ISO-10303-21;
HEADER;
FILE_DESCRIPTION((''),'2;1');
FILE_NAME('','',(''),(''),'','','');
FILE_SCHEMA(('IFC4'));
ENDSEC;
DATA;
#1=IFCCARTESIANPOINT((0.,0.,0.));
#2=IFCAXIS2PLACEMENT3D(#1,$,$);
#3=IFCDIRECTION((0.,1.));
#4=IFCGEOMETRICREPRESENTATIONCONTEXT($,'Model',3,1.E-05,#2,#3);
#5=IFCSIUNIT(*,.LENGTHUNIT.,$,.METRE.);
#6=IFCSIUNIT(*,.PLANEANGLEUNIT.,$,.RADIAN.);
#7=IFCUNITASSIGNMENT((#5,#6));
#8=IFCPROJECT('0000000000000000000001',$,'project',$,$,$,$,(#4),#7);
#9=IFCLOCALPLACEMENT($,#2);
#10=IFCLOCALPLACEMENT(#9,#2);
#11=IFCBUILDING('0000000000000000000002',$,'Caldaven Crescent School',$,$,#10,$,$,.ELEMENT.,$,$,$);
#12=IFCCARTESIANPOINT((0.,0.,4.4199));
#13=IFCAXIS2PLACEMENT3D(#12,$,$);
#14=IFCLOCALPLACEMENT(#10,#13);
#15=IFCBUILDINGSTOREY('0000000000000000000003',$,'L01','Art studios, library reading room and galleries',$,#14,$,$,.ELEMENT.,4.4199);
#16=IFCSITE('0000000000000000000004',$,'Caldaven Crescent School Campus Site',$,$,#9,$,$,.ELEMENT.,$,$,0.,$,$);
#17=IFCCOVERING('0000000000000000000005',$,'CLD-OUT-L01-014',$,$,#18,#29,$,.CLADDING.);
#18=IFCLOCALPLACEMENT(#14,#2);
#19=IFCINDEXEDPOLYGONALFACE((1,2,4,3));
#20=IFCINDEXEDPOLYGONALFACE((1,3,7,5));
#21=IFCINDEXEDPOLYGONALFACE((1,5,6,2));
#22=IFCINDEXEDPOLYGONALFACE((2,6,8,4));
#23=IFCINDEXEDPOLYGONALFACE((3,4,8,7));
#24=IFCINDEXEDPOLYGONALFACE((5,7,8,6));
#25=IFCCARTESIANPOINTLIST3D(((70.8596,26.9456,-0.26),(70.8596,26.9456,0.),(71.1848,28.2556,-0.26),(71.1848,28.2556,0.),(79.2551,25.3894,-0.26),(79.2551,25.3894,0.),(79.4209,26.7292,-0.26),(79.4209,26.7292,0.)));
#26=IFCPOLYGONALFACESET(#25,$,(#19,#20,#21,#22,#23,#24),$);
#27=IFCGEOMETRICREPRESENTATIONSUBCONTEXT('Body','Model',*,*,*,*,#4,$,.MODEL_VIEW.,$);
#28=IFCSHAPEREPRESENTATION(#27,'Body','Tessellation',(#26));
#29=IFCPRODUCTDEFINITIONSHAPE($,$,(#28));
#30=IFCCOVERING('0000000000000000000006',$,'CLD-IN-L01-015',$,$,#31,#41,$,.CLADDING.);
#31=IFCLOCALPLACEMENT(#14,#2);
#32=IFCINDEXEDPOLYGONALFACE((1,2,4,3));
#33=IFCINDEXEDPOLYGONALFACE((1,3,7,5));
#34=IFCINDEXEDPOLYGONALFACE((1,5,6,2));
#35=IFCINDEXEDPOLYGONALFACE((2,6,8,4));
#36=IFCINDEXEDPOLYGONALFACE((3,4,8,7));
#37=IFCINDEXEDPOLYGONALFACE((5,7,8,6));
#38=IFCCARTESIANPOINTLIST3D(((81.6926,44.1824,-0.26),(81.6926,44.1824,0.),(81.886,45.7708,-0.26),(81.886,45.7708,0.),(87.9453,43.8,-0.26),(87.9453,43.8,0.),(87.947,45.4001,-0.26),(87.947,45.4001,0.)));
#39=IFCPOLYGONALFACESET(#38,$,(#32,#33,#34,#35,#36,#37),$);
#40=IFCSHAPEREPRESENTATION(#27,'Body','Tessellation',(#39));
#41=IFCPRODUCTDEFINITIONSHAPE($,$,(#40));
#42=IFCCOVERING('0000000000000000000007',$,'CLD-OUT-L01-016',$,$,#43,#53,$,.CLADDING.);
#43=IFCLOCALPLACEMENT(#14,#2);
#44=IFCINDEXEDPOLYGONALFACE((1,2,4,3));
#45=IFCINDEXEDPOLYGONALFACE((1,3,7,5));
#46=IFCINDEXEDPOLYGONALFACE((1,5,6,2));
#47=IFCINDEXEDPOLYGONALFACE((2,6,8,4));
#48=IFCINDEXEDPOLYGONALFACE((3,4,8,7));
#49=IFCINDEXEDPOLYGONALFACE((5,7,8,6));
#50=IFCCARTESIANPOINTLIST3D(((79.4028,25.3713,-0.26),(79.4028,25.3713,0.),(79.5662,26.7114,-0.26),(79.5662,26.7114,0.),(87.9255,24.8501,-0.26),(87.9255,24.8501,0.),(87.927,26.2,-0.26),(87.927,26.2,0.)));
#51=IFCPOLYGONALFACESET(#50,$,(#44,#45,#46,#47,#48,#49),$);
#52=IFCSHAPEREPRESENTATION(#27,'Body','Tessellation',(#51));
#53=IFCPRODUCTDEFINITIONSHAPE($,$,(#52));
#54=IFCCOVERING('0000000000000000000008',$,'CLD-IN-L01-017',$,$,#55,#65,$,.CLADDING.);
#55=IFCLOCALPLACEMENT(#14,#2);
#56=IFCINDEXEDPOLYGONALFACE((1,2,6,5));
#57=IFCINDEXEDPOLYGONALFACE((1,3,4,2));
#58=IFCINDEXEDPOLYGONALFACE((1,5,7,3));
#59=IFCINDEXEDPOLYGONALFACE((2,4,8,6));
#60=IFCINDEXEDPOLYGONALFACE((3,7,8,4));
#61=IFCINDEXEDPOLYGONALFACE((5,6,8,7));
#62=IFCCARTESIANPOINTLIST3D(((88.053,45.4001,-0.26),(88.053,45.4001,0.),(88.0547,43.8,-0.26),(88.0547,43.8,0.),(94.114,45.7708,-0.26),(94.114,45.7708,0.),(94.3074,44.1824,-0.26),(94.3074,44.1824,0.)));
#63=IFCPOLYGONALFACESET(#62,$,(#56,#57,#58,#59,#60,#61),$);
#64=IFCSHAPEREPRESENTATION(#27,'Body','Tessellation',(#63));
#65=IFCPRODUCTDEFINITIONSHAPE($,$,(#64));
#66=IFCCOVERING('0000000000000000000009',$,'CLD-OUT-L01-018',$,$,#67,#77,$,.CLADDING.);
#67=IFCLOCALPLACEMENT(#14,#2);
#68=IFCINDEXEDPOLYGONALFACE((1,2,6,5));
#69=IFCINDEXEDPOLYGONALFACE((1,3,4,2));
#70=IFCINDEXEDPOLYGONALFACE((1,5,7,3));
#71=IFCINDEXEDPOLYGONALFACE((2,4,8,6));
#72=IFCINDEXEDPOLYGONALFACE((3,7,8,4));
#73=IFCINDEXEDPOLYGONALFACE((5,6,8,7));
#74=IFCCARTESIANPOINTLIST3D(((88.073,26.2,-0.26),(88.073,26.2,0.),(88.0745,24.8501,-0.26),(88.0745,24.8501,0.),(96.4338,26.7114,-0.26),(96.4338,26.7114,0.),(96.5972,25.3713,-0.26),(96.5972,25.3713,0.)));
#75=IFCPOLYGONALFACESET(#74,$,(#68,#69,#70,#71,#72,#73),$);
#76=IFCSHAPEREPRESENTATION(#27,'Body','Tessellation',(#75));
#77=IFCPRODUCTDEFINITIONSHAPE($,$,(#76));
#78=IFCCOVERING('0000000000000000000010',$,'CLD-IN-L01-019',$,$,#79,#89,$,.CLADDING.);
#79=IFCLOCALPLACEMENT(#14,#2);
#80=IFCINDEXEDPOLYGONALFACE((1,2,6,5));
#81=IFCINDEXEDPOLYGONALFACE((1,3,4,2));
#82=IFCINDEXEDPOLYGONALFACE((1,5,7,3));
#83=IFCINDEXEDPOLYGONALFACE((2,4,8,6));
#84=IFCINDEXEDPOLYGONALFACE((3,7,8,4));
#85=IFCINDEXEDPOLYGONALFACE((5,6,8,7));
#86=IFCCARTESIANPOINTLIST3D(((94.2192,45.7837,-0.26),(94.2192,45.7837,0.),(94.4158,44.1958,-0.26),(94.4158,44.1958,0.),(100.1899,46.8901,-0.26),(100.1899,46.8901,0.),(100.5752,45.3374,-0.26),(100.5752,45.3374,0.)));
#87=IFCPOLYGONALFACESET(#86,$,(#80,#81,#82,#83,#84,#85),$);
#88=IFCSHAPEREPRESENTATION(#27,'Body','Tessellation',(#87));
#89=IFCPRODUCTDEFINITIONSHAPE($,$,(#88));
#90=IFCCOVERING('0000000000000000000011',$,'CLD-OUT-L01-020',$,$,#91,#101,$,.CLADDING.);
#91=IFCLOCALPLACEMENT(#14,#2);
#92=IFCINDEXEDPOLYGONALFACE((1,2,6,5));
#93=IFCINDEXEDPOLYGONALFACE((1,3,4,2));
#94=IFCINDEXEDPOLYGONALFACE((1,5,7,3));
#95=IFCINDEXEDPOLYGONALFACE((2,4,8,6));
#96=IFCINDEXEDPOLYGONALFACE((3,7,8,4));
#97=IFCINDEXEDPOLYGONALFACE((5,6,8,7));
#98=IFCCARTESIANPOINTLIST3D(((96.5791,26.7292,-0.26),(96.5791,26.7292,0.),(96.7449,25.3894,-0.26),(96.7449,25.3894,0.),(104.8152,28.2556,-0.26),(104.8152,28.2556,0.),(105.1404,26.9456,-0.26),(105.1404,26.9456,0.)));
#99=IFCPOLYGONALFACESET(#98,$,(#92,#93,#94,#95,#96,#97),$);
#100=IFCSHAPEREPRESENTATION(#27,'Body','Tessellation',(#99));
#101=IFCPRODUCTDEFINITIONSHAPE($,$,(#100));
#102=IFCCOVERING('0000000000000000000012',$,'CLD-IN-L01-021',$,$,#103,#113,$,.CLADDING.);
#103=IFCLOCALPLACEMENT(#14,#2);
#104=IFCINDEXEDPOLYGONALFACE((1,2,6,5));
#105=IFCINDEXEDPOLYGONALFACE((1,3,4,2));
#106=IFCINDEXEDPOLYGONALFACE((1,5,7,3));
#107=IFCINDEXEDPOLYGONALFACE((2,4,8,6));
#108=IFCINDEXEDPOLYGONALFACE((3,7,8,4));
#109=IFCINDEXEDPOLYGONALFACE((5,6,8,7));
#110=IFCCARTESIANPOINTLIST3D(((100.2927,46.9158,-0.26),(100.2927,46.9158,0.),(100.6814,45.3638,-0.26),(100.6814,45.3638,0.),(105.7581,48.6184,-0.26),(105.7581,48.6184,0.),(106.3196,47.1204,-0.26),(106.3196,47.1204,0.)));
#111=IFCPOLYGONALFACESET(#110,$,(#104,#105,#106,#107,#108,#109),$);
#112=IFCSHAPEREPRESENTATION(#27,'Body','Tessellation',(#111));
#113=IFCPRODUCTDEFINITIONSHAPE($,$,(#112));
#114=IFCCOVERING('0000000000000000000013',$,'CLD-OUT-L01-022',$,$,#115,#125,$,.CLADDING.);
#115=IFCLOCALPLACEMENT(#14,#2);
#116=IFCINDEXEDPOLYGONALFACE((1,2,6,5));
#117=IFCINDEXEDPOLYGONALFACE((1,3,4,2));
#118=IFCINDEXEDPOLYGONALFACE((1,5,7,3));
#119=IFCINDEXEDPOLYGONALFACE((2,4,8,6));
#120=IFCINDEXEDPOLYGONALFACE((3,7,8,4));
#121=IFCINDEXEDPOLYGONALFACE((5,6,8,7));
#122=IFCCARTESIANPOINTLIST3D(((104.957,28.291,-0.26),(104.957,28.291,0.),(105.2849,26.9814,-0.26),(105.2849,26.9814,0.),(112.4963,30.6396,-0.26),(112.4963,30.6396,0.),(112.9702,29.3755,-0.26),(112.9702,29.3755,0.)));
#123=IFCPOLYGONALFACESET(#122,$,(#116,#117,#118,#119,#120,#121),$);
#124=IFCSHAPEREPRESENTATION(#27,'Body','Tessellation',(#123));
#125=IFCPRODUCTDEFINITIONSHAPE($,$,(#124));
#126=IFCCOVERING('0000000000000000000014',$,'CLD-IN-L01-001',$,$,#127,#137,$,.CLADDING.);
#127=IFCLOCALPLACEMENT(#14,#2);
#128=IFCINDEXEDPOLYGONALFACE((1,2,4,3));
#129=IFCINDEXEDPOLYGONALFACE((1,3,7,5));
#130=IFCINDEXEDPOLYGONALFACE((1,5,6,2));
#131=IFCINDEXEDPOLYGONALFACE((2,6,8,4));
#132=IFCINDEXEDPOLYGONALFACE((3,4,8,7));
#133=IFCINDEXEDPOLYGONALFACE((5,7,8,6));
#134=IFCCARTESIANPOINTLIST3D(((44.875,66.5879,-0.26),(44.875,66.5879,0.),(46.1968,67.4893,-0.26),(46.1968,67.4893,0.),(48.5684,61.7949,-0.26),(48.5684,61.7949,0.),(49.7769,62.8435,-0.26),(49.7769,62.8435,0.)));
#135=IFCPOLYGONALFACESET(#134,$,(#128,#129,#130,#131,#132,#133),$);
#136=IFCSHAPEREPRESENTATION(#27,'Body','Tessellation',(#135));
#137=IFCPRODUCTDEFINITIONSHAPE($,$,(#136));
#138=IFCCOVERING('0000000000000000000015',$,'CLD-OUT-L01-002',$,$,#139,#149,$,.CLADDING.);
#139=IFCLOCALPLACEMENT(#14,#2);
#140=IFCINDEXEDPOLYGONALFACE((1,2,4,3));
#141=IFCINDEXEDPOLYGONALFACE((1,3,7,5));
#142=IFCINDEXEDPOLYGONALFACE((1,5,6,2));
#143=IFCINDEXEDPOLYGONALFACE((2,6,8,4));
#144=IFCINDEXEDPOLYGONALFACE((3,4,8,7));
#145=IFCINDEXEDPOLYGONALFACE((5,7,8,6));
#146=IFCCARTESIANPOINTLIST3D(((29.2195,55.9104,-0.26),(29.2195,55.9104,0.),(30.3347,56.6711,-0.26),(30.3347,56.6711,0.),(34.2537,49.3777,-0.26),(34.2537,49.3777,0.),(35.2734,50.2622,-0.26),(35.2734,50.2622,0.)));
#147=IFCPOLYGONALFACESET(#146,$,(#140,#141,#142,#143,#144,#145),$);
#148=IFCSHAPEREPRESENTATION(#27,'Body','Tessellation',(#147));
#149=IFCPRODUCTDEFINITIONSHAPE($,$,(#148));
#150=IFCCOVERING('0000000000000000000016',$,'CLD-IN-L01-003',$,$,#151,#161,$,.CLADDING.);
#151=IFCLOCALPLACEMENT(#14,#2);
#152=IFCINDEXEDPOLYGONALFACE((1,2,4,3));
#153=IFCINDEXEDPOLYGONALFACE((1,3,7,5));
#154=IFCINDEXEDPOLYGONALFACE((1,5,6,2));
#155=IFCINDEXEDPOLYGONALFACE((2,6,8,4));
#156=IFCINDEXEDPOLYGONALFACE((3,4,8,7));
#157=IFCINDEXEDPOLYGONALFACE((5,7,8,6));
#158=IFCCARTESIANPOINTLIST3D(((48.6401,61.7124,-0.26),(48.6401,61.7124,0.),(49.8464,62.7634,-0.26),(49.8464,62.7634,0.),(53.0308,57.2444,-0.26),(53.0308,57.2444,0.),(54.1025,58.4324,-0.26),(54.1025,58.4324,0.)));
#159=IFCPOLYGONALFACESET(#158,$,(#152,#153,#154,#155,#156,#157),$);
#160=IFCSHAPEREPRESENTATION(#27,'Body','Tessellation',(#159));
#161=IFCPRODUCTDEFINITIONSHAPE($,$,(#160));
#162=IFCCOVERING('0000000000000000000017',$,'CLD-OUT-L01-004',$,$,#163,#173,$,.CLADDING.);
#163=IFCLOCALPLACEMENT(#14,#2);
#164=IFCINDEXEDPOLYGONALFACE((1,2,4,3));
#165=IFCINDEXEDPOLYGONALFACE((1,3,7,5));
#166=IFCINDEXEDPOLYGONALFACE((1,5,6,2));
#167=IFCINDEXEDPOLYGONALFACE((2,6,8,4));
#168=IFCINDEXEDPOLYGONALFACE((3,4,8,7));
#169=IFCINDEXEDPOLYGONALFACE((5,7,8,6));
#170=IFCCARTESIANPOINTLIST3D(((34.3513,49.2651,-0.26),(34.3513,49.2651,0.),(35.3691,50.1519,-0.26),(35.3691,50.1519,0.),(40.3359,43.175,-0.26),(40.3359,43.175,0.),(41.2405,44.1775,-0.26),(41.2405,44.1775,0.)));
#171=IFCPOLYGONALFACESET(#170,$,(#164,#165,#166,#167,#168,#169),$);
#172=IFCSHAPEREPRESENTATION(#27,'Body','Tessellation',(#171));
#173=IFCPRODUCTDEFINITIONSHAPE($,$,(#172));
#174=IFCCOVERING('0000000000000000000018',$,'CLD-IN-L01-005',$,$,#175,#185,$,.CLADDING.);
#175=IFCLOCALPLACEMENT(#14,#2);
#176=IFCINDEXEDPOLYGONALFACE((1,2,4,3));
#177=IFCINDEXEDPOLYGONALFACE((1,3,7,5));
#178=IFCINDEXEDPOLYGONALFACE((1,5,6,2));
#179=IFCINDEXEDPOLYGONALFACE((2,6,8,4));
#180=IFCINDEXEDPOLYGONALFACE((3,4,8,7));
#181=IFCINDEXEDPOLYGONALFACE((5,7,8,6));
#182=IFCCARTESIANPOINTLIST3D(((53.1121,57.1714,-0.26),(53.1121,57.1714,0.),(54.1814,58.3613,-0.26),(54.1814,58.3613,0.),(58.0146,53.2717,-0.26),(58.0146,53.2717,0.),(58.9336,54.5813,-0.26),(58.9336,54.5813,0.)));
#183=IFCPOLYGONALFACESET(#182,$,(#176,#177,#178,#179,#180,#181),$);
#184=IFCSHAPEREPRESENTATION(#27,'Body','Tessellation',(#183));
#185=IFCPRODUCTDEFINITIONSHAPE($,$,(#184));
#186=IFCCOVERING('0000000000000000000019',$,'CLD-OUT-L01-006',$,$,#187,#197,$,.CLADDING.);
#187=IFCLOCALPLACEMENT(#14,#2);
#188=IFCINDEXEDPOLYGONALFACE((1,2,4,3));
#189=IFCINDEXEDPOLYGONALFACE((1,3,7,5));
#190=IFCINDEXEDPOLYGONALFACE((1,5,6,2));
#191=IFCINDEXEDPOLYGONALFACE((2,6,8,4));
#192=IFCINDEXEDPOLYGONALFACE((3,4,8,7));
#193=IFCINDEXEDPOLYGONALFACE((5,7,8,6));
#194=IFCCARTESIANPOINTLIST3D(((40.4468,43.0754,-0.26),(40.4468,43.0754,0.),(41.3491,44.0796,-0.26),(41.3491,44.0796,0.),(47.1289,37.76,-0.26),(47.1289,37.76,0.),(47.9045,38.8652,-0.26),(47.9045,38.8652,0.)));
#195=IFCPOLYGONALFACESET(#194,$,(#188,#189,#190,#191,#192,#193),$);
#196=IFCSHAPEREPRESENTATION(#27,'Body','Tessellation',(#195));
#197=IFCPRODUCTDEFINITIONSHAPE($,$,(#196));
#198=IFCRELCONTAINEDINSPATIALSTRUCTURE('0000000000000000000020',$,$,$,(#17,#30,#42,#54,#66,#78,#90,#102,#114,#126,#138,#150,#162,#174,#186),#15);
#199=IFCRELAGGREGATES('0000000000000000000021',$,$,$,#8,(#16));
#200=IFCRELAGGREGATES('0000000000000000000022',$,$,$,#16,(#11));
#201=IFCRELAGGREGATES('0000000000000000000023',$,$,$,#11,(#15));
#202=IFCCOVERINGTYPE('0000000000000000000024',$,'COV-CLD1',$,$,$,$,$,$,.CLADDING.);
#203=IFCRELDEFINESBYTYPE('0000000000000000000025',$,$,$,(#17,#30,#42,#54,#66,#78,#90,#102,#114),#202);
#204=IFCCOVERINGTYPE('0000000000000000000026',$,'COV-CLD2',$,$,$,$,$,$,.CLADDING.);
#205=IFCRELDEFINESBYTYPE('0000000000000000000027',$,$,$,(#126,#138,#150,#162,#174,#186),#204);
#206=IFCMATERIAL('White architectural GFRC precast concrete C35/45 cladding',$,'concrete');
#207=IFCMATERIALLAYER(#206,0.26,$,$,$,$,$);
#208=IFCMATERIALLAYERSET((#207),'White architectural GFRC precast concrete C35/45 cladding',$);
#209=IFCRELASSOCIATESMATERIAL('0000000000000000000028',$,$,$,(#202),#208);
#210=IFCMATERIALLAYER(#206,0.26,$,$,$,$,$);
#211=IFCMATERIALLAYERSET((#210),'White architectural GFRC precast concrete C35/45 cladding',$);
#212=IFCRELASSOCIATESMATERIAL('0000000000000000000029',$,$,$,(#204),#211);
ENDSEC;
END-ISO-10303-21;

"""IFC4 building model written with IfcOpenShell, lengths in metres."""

from ifc_helpers import new_model, si_unit, direction, frame, origin, place, context, subcontext, project, spatial, polyline, outline, extrude, material, layer, layer_set, type_object, element, save


model = new_model("IFC4")

# Units and contexts
model_context = context("Model", 3, precision=1e-05, world=origin(), true_north=direction((0.0, 1.0)))
body_context = subcontext(model_context, "Body", "Model", "MODEL_VIEW")
ifc_project = project(units=[si_unit("LENGTHUNIT", "METRE"), si_unit("PLANEANGLEUNIT", "RADIAN")], contexts=[model_context])

# Site, building, storey
site_placement = place(None, origin())
site = spatial("IfcSite", under=ifc_project, at=site_placement, Name="Caldaven Crescent School Campus Site", CompositionType="ELEMENT", RefElevation=0.0)
building_placement = place(site_placement, origin())
building = spatial("IfcBuilding", under=site, at=building_placement, Name="Caldaven Crescent School", CompositionType="ELEMENT")
storey_placement = place(building_placement, frame((0.0, 0.0, 4.4199)))
storey = spatial("IfcBuildingStorey", under=building, at=storey_placement, Name="L01", Description="Art studios, library reading room and galleries", CompositionType="ELEMENT", Elevation=4.4199)

# Coverings
ifc_material_1 = material(Name="White architectural GFRC precast concrete C35/45 cladding", Category="concrete")
ifc_layer_1 = layer(ifc_material_1, 0.26)
ifc_layer_set_1 = layer_set([ifc_layer_1], Name="White architectural GFRC precast concrete C35/45 cladding")
covering_type_1 = type_object("IfcCoveringType", Name="COV-CLD1", PredefinedType="CLADDING", material=ifc_layer_set_1)
covering_1_placement = place(storey_placement, frame((0.0, 0.0, -0.26)))
element("IfcCovering", 1, at=covering_1_placement, inside=storey, type_object=covering_type_1, Name="CLD-OUT-L01-014", PredefinedType="CLADDING", context=body_context, shape_type="SweptSolid", body=[
    extrude(outline(polyline([(71.1848, 28.2556), (79.4209, 26.7292), (79.2551, 25.3894), (70.8596, 26.9456), (71.1848, 28.2556)])), origin(), (0.0, 0.0, 1.0), 0.26),
])
covering_2_placement = place(storey_placement, frame((0.0, 0.0, -0.26)))
element("IfcCovering", 2, at=covering_2_placement, inside=storey, type_object=covering_type_1, Name="CLD-IN-L01-015", PredefinedType="CLADDING", context=body_context, shape_type="SweptSolid", body=[
    extrude(outline(polyline([(81.886, 45.7708), (87.947, 45.4001), (87.9453, 43.8), (81.6926, 44.1824), (81.886, 45.7708)])), origin(), (0.0, 0.0, 1.0), 0.26),
])
covering_3_placement = place(storey_placement, frame((0.0, 0.0, -0.26)))
element("IfcCovering", 3, at=covering_3_placement, inside=storey, type_object=covering_type_1, Name="CLD-OUT-L01-016", PredefinedType="CLADDING", context=body_context, shape_type="SweptSolid", body=[
    extrude(outline(polyline([(79.5662, 26.7114), (87.927, 26.2), (87.9255, 24.8501), (79.4028, 25.3713), (79.5662, 26.7114)])), origin(), (0.0, 0.0, 1.0), 0.26),
])
covering_4_placement = place(storey_placement, frame((0.0, 0.0, -0.26)))
element("IfcCovering", 4, at=covering_4_placement, inside=storey, type_object=covering_type_1, Name="CLD-IN-L01-017", PredefinedType="CLADDING", context=body_context, shape_type="SweptSolid", body=[
    extrude(outline(polyline([(88.053, 45.4001), (94.114, 45.7708), (94.3074, 44.1824), (88.0547, 43.8), (88.053, 45.4001)])), origin(), (0.0, 0.0, 1.0), 0.26),
])
covering_5_placement = place(storey_placement, frame((0.0, 0.0, -0.26)))
element("IfcCovering", 5, at=covering_5_placement, inside=storey, type_object=covering_type_1, Name="CLD-OUT-L01-018", PredefinedType="CLADDING", context=body_context, shape_type="SweptSolid", body=[
    extrude(outline(polyline([(88.073, 26.2), (96.4338, 26.7114), (96.5972, 25.3713), (88.0745, 24.8501), (88.073, 26.2)])), origin(), (0.0, 0.0, 1.0), 0.26),
])
covering_6_placement = place(storey_placement, frame((0.0, 0.0, -0.26)))
element("IfcCovering", 6, at=covering_6_placement, inside=storey, type_object=covering_type_1, Name="CLD-IN-L01-019", PredefinedType="CLADDING", context=body_context, shape_type="SweptSolid", body=[
    extrude(outline(polyline([(94.2192, 45.7837), (100.1899, 46.8901), (100.5752, 45.3374), (94.4158, 44.1958), (94.2192, 45.7837)])), origin(), (0.0, 0.0, 1.0), 0.26),
])
covering_7_placement = place(storey_placement, frame((0.0, 0.0, -0.26)))
element("IfcCovering", 7, at=covering_7_placement, inside=storey, type_object=covering_type_1, Name="CLD-OUT-L01-020", PredefinedType="CLADDING", context=body_context, shape_type="SweptSolid", body=[
    extrude(outline(polyline([(96.5791, 26.7292), (104.8152, 28.2556), (105.1404, 26.9456), (96.7449, 25.3894), (96.5791, 26.7292)])), origin(), (0.0, 0.0, 1.0), 0.26),
])
covering_8_placement = place(storey_placement, frame((0.0, 0.0, -0.26)))
element("IfcCovering", 8, at=covering_8_placement, inside=storey, type_object=covering_type_1, Name="CLD-IN-L01-021", PredefinedType="CLADDING", context=body_context, shape_type="SweptSolid", body=[
    extrude(outline(polyline([(100.2927, 46.9158), (105.7581, 48.6184), (106.3196, 47.1204), (100.6814, 45.3638), (100.2927, 46.9158)])), origin(), (0.0, 0.0, 1.0), 0.26),
])
covering_9_placement = place(storey_placement, frame((0.0, 0.0, -0.26)))
element("IfcCovering", 9, at=covering_9_placement, inside=storey, type_object=covering_type_1, Name="CLD-OUT-L01-022", PredefinedType="CLADDING", context=body_context, shape_type="SweptSolid", body=[
    extrude(outline(polyline([(104.957, 28.291), (112.4963, 30.6396), (112.9702, 29.3755), (105.2849, 26.9814), (104.957, 28.291)])), origin(), (0.0, 0.0, 1.0), 0.26),
])
ifc_layer_2 = layer(ifc_material_1, 0.26)
ifc_layer_set_2 = layer_set([ifc_layer_2], Name="White architectural GFRC precast concrete C35/45 cladding")
covering_type_2 = type_object("IfcCoveringType", Name="COV-CLD2", PredefinedType="CLADDING", material=ifc_layer_set_2)
covering_10_placement = place(storey_placement, frame((0.0, 0.0, -0.26)))
element("IfcCovering", 10, at=covering_10_placement, inside=storey, type_object=covering_type_2, Name="CLD-IN-L01-001", PredefinedType="CLADDING", context=body_context, shape_type="SweptSolid", body=[
    extrude(outline(polyline([(46.1968, 67.4893), (49.7769, 62.8435), (48.5684, 61.7949), (44.875, 66.5879), (46.1968, 67.4893)])), origin(), (0.0, 0.0, 1.0), 0.26),
])
covering_11_placement = place(storey_placement, frame((0.0, 0.0, -0.26)))
element("IfcCovering", 11, at=covering_11_placement, inside=storey, type_object=covering_type_2, Name="CLD-OUT-L01-002", PredefinedType="CLADDING", context=body_context, shape_type="SweptSolid", body=[
    extrude(outline(polyline([(30.3347, 56.6711), (35.2734, 50.2622), (34.2537, 49.3777), (29.2195, 55.9104), (30.3347, 56.6711)])), origin(), (0.0, 0.0, 1.0), 0.26),
])
covering_12_placement = place(storey_placement, frame((0.0, 0.0, -0.26)))
element("IfcCovering", 12, at=covering_12_placement, inside=storey, type_object=covering_type_2, Name="CLD-IN-L01-003", PredefinedType="CLADDING", context=body_context, shape_type="SweptSolid", body=[
    extrude(outline(polyline([(49.8464, 62.7634), (54.1025, 58.4324), (53.0308, 57.2444), (48.6401, 61.7124), (49.8464, 62.7634)])), origin(), (0.0, 0.0, 1.0), 0.26),
])
covering_13_placement = place(storey_placement, frame((0.0, 0.0, -0.26)))
element("IfcCovering", 13, at=covering_13_placement, inside=storey, type_object=covering_type_2, Name="CLD-OUT-L01-004", PredefinedType="CLADDING", context=body_context, shape_type="SweptSolid", body=[
    extrude(outline(polyline([(35.3691, 50.1519), (41.2405, 44.1775), (40.3359, 43.175), (34.3513, 49.2651), (35.3691, 50.1519)])), origin(), (0.0, 0.0, 1.0), 0.26),
])
covering_14_placement = place(storey_placement, frame((0.0, 0.0, -0.26)))
element("IfcCovering", 14, at=covering_14_placement, inside=storey, type_object=covering_type_2, Name="CLD-IN-L01-005", PredefinedType="CLADDING", context=body_context, shape_type="SweptSolid", body=[
    extrude(outline(polyline([(54.1814, 58.3613), (58.9336, 54.5813), (58.0146, 53.2717), (53.1121, 57.1714), (54.1814, 58.3613)])), origin(), (0.0, 0.0, 1.0), 0.26),
])
covering_15_placement = place(storey_placement, frame((0.0, 0.0, -0.26)))
element("IfcCovering", 15, at=covering_15_placement, inside=storey, type_object=covering_type_2, Name="CLD-OUT-L01-006", PredefinedType="CLADDING", context=body_context, shape_type="SweptSolid", body=[
    extrude(outline(polyline([(41.3491, 44.0796), (47.9045, 38.8652), (47.1289, 37.76), (40.4468, 43.0754), (41.3491, 44.0796)])), origin(), (0.0, 0.0, 1.0), 0.26),
])

save(model, "model.ifc")
